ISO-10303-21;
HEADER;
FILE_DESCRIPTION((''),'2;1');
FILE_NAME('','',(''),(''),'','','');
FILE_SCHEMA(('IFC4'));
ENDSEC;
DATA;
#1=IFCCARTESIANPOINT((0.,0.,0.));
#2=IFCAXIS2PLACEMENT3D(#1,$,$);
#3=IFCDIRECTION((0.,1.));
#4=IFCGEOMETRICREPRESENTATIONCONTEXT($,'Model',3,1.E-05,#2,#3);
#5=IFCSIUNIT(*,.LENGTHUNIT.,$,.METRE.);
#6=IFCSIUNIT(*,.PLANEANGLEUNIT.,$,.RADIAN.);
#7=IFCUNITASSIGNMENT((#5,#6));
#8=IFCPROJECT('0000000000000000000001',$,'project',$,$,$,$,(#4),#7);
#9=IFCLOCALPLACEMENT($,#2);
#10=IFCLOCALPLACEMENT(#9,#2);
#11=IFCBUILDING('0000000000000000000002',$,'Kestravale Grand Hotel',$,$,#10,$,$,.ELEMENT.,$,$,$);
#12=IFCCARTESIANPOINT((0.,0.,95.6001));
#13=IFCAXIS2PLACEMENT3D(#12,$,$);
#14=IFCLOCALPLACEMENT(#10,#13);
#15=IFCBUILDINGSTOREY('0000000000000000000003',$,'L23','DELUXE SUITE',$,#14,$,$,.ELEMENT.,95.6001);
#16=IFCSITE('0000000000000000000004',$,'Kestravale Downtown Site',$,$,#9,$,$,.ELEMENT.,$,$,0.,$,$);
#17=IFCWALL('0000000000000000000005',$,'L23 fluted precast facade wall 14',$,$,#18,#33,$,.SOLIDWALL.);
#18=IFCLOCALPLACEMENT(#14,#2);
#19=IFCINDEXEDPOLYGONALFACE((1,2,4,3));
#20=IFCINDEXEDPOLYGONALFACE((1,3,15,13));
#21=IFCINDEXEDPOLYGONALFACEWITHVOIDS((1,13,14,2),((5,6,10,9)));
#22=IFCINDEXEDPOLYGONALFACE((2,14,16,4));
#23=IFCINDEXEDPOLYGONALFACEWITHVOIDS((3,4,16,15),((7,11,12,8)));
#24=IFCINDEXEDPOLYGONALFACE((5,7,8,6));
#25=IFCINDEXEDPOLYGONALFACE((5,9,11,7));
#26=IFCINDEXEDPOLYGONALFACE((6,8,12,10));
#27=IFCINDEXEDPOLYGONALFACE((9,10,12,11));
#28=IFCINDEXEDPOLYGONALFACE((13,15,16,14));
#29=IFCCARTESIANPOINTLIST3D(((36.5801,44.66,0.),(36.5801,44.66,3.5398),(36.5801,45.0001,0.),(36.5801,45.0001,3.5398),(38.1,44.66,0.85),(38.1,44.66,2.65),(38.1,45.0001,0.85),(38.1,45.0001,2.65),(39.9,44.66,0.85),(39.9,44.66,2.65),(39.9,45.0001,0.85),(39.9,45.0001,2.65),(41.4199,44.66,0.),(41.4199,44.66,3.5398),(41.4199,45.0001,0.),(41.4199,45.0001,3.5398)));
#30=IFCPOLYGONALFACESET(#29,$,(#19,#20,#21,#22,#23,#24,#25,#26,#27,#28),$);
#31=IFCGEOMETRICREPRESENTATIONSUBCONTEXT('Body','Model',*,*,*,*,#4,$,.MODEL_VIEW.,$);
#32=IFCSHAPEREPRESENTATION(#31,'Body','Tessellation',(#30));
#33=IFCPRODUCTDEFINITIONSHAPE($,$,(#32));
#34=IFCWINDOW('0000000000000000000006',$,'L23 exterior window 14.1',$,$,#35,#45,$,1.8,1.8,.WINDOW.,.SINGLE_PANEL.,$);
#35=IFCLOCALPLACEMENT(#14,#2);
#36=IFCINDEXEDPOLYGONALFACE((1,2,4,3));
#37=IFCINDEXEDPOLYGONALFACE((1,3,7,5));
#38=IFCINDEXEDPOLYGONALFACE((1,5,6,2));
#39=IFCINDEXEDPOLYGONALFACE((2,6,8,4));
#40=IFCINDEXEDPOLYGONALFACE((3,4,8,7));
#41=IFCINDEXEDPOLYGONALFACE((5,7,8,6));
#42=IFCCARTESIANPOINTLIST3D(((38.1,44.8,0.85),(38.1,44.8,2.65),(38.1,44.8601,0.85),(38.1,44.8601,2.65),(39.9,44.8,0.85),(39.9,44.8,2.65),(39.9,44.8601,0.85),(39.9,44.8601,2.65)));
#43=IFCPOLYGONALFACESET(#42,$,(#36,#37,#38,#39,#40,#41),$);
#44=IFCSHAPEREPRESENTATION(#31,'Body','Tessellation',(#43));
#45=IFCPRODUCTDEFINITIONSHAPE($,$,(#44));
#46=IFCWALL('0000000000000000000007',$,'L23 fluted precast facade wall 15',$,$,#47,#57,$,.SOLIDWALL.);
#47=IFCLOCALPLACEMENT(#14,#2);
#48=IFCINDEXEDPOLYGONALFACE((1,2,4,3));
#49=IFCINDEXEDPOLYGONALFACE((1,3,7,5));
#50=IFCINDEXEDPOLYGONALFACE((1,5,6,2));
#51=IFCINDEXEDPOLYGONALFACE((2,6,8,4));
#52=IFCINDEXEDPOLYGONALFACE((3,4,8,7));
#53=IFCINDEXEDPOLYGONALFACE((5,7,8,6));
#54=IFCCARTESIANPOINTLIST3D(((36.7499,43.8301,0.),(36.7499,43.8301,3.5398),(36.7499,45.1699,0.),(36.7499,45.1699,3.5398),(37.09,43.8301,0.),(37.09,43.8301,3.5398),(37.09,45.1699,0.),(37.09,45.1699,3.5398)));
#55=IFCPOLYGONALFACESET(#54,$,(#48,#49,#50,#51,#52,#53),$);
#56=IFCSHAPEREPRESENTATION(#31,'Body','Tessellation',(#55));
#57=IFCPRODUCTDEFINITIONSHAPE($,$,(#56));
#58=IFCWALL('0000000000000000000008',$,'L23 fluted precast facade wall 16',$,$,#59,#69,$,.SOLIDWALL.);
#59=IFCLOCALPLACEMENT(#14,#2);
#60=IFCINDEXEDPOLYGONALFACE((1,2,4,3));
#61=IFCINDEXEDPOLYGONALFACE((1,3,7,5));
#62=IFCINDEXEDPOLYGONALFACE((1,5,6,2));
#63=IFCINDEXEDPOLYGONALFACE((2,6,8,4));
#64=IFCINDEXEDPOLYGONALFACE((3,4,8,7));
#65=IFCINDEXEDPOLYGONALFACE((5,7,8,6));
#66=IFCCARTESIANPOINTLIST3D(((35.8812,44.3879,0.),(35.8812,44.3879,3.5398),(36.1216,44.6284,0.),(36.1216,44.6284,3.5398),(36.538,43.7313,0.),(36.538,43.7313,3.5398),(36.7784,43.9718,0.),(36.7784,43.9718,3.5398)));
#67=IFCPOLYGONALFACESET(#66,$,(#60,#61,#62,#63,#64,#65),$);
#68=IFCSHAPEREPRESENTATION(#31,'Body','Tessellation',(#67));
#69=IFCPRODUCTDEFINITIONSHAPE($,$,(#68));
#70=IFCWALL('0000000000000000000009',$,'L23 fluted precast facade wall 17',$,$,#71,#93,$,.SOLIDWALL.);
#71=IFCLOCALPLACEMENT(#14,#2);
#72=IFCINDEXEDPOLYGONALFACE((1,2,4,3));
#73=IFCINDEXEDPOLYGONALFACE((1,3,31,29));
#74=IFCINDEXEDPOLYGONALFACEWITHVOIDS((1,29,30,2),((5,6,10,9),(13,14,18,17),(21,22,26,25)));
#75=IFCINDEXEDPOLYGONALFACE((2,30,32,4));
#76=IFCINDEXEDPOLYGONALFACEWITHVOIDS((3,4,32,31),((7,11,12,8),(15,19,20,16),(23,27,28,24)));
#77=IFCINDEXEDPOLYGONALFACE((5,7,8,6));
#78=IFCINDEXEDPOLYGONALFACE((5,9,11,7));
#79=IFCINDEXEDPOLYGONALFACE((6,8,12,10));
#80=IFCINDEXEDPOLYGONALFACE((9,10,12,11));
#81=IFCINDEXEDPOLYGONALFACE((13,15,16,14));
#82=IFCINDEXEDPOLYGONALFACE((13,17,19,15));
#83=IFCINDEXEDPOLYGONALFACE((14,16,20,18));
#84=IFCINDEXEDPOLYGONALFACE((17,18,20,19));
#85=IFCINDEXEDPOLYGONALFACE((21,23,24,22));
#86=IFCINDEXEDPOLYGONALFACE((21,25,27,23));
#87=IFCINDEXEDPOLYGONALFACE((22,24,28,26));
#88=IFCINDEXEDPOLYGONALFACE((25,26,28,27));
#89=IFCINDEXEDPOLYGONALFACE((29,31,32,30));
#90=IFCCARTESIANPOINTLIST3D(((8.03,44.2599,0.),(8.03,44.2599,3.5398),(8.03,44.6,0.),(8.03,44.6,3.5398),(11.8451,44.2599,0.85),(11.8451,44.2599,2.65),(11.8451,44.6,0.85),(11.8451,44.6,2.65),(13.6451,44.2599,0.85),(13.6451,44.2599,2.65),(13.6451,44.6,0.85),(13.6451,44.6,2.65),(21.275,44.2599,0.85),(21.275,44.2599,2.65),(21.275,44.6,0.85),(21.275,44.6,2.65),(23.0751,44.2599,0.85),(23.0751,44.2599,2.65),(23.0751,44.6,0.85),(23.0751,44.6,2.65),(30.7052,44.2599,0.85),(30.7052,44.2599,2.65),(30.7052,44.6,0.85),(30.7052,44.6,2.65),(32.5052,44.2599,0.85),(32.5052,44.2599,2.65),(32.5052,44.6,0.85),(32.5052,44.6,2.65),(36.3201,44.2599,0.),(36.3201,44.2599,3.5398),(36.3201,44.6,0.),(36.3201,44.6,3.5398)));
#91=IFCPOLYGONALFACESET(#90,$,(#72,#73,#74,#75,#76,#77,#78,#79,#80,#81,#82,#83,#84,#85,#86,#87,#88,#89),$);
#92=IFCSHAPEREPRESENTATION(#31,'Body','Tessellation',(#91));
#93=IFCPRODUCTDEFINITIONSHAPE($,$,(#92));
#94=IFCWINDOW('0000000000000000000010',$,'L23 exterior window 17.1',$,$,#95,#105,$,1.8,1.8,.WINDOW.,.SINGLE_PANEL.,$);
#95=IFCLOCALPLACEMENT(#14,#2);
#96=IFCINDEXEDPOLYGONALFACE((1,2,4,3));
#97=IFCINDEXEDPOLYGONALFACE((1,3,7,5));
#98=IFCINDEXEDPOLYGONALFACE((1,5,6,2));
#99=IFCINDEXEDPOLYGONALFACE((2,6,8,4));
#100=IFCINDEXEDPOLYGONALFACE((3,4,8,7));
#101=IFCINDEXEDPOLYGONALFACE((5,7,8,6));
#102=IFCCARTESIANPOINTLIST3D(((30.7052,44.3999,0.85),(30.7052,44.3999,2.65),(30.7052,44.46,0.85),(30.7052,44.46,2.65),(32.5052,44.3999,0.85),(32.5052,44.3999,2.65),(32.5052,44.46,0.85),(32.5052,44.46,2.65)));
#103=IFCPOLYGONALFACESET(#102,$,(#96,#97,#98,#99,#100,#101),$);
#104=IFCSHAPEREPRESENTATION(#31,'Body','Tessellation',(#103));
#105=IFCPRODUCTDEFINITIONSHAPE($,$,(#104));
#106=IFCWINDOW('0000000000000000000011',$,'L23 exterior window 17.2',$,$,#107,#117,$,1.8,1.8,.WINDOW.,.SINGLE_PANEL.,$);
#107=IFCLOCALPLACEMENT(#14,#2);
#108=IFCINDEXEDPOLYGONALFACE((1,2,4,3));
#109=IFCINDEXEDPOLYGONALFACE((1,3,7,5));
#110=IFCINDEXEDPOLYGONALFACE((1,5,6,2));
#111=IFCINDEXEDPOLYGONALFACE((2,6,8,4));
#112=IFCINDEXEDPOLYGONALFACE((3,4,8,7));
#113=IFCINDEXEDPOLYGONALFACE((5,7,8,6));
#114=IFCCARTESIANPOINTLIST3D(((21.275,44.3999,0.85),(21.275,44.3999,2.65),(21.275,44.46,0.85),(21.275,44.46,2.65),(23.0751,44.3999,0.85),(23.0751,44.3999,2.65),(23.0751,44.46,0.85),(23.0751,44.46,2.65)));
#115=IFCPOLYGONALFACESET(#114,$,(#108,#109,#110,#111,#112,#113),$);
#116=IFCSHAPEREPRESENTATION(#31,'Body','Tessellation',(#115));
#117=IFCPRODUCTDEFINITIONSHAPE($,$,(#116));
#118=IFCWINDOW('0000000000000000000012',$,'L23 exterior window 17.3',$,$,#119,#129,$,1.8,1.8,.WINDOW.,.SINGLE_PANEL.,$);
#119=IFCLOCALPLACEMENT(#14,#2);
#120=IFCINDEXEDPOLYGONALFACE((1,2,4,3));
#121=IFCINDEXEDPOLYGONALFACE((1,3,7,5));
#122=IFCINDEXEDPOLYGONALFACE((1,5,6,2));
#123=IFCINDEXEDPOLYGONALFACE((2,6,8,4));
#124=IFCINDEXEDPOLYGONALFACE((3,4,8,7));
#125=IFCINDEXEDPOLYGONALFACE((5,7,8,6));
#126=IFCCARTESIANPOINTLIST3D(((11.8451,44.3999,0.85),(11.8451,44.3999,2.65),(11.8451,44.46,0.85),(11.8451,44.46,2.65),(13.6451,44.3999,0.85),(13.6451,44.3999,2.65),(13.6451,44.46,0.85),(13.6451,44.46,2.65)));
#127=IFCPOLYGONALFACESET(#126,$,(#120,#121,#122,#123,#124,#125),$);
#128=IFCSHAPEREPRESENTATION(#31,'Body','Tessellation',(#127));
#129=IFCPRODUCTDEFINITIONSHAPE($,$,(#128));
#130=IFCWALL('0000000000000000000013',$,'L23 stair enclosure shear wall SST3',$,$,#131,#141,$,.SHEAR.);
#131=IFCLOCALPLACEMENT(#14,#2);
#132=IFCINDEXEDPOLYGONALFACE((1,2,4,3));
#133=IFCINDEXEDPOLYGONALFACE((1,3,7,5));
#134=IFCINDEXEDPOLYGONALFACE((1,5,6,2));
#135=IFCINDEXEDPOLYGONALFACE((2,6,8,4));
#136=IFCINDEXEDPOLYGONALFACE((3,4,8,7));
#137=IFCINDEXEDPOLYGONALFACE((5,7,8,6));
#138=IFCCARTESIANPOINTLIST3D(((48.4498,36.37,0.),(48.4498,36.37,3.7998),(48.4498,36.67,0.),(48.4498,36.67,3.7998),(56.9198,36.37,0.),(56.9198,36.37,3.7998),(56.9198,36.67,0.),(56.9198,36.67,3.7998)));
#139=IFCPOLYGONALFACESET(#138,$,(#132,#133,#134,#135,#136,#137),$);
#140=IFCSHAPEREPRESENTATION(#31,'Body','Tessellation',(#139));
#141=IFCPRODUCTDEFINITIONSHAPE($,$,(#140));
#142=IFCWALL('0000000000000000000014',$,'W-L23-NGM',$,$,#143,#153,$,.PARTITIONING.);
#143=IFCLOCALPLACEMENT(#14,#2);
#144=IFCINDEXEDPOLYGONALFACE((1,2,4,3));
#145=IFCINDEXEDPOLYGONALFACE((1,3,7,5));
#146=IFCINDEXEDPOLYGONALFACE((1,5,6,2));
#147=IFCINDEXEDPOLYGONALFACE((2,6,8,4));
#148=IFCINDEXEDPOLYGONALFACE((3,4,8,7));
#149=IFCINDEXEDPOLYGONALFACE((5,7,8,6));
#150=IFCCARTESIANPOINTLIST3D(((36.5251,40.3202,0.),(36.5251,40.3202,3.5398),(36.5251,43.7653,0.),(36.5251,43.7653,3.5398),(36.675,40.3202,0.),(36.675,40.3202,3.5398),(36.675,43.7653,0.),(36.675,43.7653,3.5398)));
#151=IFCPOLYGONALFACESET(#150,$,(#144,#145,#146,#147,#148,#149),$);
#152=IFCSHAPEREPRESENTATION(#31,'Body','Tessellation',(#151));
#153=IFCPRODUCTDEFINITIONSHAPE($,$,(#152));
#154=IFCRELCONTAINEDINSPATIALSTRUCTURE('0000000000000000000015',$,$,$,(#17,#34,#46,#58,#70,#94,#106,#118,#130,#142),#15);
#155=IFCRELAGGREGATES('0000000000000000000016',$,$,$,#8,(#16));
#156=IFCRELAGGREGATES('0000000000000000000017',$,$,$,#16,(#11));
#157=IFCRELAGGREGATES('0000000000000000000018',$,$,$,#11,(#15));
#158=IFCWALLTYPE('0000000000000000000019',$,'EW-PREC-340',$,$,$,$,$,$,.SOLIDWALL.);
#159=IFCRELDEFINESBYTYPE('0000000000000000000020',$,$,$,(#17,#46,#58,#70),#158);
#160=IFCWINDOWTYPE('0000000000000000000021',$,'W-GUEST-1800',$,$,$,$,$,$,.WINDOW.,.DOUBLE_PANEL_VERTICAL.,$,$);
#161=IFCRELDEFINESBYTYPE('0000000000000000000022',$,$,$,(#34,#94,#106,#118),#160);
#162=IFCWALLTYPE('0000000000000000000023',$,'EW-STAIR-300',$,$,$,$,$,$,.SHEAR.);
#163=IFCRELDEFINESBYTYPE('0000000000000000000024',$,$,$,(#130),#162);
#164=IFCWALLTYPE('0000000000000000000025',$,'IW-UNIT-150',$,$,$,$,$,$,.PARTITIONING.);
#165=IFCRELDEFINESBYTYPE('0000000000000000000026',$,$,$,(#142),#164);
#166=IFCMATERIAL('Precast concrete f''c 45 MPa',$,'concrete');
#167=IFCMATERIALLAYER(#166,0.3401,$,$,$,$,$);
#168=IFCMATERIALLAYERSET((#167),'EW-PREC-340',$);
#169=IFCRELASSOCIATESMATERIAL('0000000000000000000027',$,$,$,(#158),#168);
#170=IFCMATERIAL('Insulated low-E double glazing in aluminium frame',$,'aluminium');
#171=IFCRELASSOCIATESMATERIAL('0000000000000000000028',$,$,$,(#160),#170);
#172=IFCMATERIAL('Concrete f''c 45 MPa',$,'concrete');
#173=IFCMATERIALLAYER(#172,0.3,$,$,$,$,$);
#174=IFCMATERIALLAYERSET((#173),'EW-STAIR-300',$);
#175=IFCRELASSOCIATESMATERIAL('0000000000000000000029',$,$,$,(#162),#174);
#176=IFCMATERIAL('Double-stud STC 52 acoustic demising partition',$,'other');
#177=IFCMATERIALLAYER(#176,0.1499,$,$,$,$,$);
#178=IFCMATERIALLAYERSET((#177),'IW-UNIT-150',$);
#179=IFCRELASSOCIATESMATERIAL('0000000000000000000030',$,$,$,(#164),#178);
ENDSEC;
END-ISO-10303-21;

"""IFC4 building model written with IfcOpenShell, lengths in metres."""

from ifc_helpers import new_model, si_unit, direction, frame, frame_2d, origin, place, context, subcontext, project, spatial, rectangle, extrude, material, layer, layer_set, type_object, element, fill, save


model = new_model("IFC4")

# Units and contexts
model_context = context("Model", 3, precision=1e-05, world=origin(), true_north=direction((0.0, 1.0)))
body_context = subcontext(model_context, "Body", "Model", "MODEL_VIEW")
ifc_project = project(units=[si_unit("LENGTHUNIT", "METRE"), si_unit("PLANEANGLEUNIT", "RADIAN")], contexts=[model_context])

# Site, building, storey
site_placement = place(None, origin())
site = spatial("IfcSite", under=ifc_project, at=site_placement, Name="Kestravale Downtown Site", CompositionType="ELEMENT", RefElevation=0.0)
building_placement = place(site_placement, origin())
building = spatial("IfcBuilding", under=site, at=building_placement, Name="Kestravale Grand Hotel", CompositionType="ELEMENT")
storey_placement = place(building_placement, frame((0.0, 0.0, 95.6001)))
storey = spatial("IfcBuildingStorey", under=building, at=storey_placement, Name="L23", Description="DELUXE SUITE", CompositionType="ELEMENT", Elevation=95.6001)

# Shared definitions
ifc_material_1 = material(Name="Precast concrete f'c 45 MPa", Category="concrete")
ifc_layer_1 = layer(ifc_material_1, 0.3401)
ifc_layer_set_1 = layer_set([ifc_layer_1], Name="EW-PREC-340")
wall_type_1 = type_object("IfcWallType", Name="EW-PREC-340", PredefinedType="SOLIDWALL", material=ifc_layer_set_1)

# Wall, opening, window
ifc_material_2 = material(Name="Insulated low-E double glazing in aluminium frame", Category="aluminium")
window_type = type_object("IfcWindowType", Name="W-GUEST-1800", PartitioningType="DOUBLE_PANEL_VERTICAL", PredefinedType="WINDOW", material=ifc_material_2)
wall_1_placement = place(storey_placement, frame((41.4199, 44.8301, 0.0), z_axis=(0.0, 0.0, 1.0), x_axis=(-1.0, 0.0, 0.0)))
wall_1 = element("IfcWall", 1, at=wall_1_placement, inside=storey, type_object=wall_type_1, Name="L23 fluted precast facade wall 14", PredefinedType="SOLIDWALL", context=body_context, shape_type="SweptSolid", body=[
    extrude(rectangle(XDim=4.8398, YDim=0.3401, at=frame_2d((2.4199, 0.0))), origin(), (0.0, 0.0, 1.0), 3.5398),
])
opening_1_placement = place(wall_1_placement, frame((1.52, 0.0, 0.8501)))
opening_1 = element("IfcOpeningElement", 2, at=opening_1_placement, cuts=wall_1, PredefinedType="OPENING", context=body_context, shape_type="SweptSolid", body=[
    extrude(rectangle(XDim=1.8, YDim=1.8, at=frame_2d((0.8999, 0.8999))), frame((0.0, 0.1799, 0.0), z_axis=(0.0, -1.0, 0.0), x_axis=(1.0, 0.0, 0.0)), (0.0, 0.0, 1.0), 0.3601),
])
window_1_placement = place(opening_1_placement, origin())
window_1 = element("IfcWindow", 3, at=window_1_placement, inside=storey, type_object=window_type, Name="L23 exterior window 14.1", OverallHeight=1.8, OverallWidth=1.8, PartitioningType="SINGLE_PANEL", PredefinedType="WINDOW", context=body_context, shape_type="SweptSolid", body=[
    extrude(rectangle(XDim=1.8, YDim=1.8, at=frame_2d((0.8999, 0.8999))), frame((0.0, 0.03, 0.0), z_axis=(0.0, -1.0, 0.0), x_axis=(1.0, 0.0, 0.0)), (0.0, 0.0, 1.0), 0.0601),
])
fill(opening_1, window_1)

# Walls
wall_2_placement = place(storey_placement, frame((36.9199, 45.1699, 0.0), z_axis=(0.0, 0.0, 1.0), x_axis=(0.0, -1.0, 0.0)))
element("IfcWall", 4, at=wall_2_placement, inside=storey, type_object=wall_type_1, Name="L23 fluted precast facade wall 15", PredefinedType="SOLIDWALL", context=body_context, shape_type="SweptSolid", body=[
    extrude(rectangle(XDim=1.3398, YDim=0.3401, at=frame_2d((0.6699, 0.0))), origin(), (0.0, 0.0, 1.0), 3.5398),
])
wall_3_placement = place(storey_placement, frame((36.6582, 43.8516, 0.0), z_axis=(0.0, 0.0, 1.0), x_axis=(-0.707238, 0.706975, 0.0)))
element("IfcWall", 5, at=wall_3_placement, inside=storey, type_object=wall_type_1, Name="L23 fluted precast facade wall 16", PredefinedType="SOLIDWALL", context=body_context, shape_type="SweptSolid", body=[
    extrude(rectangle(XDim=0.9287, YDim=0.3401, at=frame_2d((0.4644, 0.0))), origin(), (0.0, 0.0, 1.0), 3.5398),
])

# Wall, openings, windows
wall_4_placement = place(storey_placement, frame((36.3201, 44.4299, 0.0), z_axis=(0.0, 0.0, 1.0), x_axis=(-1.0, 0.0, 0.0)))
wall_4 = element("IfcWall", 6, at=wall_4_placement, inside=storey, type_object=wall_type_1, Name="L23 fluted precast facade wall 17", PredefinedType="SOLIDWALL", context=body_context, shape_type="SweptSolid", body=[
    extrude(rectangle(XDim=28.29, YDim=0.3401, at=frame_2d((14.145, 0.0))), origin(), (0.0, 0.0, 1.0), 3.5398),
])
opening_2_placement = place(wall_4_placement, frame((3.8149, 0.0, 0.8501)))
opening_2 = element("IfcOpeningElement", 7, at=opening_2_placement, cuts=wall_4, PredefinedType="OPENING", context=body_context, shape_type="SweptSolid", body=[
    extrude(rectangle(XDim=1.8, YDim=1.8, at=frame_2d((0.8999, 0.8999))), frame((0.0, 0.1799, 0.0), z_axis=(0.0, -1.0, 0.0), x_axis=(1.0, 0.0, 0.0)), (0.0, 0.0, 1.0), 0.3601),
])
opening_3_placement = place(wall_4_placement, frame((13.2451, 0.0, 0.8501)))
opening_3 = element("IfcOpeningElement", 8, at=opening_3_placement, cuts=wall_4, PredefinedType="OPENING", context=body_context, shape_type="SweptSolid", body=[
    extrude(rectangle(XDim=1.8, YDim=1.8, at=frame_2d((0.8999, 0.8999))), frame((0.0, 0.1799, 0.0), z_axis=(0.0, -1.0, 0.0), x_axis=(1.0, 0.0, 0.0)), (0.0, 0.0, 1.0), 0.3601),
])
opening_4_placement = place(wall_4_placement, frame((22.675, 0.0, 0.8501)))
opening_4 = element("IfcOpeningElement", 9, at=opening_4_placement, cuts=wall_4, PredefinedType="OPENING", context=body_context, shape_type="SweptSolid", body=[
    extrude(rectangle(XDim=1.8, YDim=1.8, at=frame_2d((0.8999, 0.8999))), frame((0.0, 0.1799, 0.0), z_axis=(0.0, -1.0, 0.0), x_axis=(1.0, 0.0, 0.0)), (0.0, 0.0, 1.0), 0.3601),
])
window_2_placement = place(opening_2_placement, origin())
window_2 = element("IfcWindow", 10, at=window_2_placement, inside=storey, type_object=window_type, Name="L23 exterior window 17.1", OverallHeight=1.8, OverallWidth=1.8, PartitioningType="SINGLE_PANEL", PredefinedType="WINDOW", context=body_context, shape_type="SweptSolid", body=[
    extrude(rectangle(XDim=1.8, YDim=1.8, at=frame_2d((0.8999, 0.8999))), frame((0.0, 0.03, 0.0), z_axis=(0.0, -1.0, 0.0), x_axis=(1.0, 0.0, 0.0)), (0.0, 0.0, 1.0), 0.0601),
])
fill(opening_2, window_2)
window_3_placement = place(opening_3_placement, origin())
window_3 = element("IfcWindow", 11, at=window_3_placement, inside=storey, type_object=window_type, Name="L23 exterior window 17.2", OverallHeight=1.8, OverallWidth=1.8, PartitioningType="SINGLE_PANEL", PredefinedType="WINDOW", context=body_context, shape_type="SweptSolid", body=[
    extrude(rectangle(XDim=1.8, YDim=1.8, at=frame_2d((0.8999, 0.8999))), frame((0.0, 0.03, 0.0), z_axis=(0.0, -1.0, 0.0), x_axis=(1.0, 0.0, 0.0)), (0.0, 0.0, 1.0), 0.0601),
])
fill(opening_3, window_3)
window_4_placement = place(opening_4_placement, origin())
window_4 = element("IfcWindow", 12, at=window_4_placement, inside=storey, type_object=window_type, Name="L23 exterior window 17.3", OverallHeight=1.8, OverallWidth=1.8, PartitioningType="SINGLE_PANEL", PredefinedType="WINDOW", context=body_context, shape_type="SweptSolid", body=[
    extrude(rectangle(XDim=1.8, YDim=1.8, at=frame_2d((0.8999, 0.8999))), frame((0.0, 0.03, 0.0), z_axis=(0.0, -1.0, 0.0), x_axis=(1.0, 0.0, 0.0)), (0.0, 0.0, 1.0), 0.0601),
])
fill(opening_4, window_4)

# Walls
ifc_material_3 = material(Name="Concrete f'c 45 MPa", Category="concrete")
ifc_layer_2 = layer(ifc_material_3, 0.3)
ifc_layer_set_2 = layer_set([ifc_layer_2], Name="EW-STAIR-300")
wall_type_2 = type_object("IfcWallType", Name="EW-STAIR-300", PredefinedType="SHEAR", material=ifc_layer_set_2)
wall_5_placement = place(storey_placement, frame((48.45, 36.52, 0.0), z_axis=(0.0, 0.0, 1.0), x_axis=(1.0, 0.0, 0.0)))
element("IfcWall", 13, at=wall_5_placement, inside=storey, type_object=wall_type_2, Name="L23 stair enclosure shear wall SST3", PredefinedType="SHEAR", context=body_context, shape_type="SweptSolid", body=[
    extrude(rectangle(XDim=8.47, YDim=0.3, at=frame_2d((4.2349, 0.0))), origin(), (0.0, 0.0, 1.0), 3.7998),
])
ifc_material_4 = material(Name="Double-stud STC 52 acoustic demising partition", Category="other")
ifc_layer_3 = layer(ifc_material_4, 0.1499)
ifc_layer_set_3 = layer_set([ifc_layer_3], Name="IW-UNIT-150")
wall_type_3 = type_object("IfcWallType", Name="IW-UNIT-150", PredefinedType="PARTITIONING", material=ifc_layer_set_3)
wall_6_placement = place(storey_placement, frame((36.6001, 40.3201, 0.0), z_axis=(0.0, 0.0, 1.0), x_axis=(0.0, 1.0, 0.0)))
element("IfcWall", 14, at=wall_6_placement, inside=storey, type_object=wall_type_3, Name="W-L23-NGM", PredefinedType="PARTITIONING", context=body_context, shape_type="SweptSolid", body=[
    extrude(rectangle(XDim=3.4451, YDim=0.1499, at=frame_2d((1.7227, 0.0))), origin(), (0.0, 0.0, 1.0), 3.5398),
])

save(model, "model.ifc")
